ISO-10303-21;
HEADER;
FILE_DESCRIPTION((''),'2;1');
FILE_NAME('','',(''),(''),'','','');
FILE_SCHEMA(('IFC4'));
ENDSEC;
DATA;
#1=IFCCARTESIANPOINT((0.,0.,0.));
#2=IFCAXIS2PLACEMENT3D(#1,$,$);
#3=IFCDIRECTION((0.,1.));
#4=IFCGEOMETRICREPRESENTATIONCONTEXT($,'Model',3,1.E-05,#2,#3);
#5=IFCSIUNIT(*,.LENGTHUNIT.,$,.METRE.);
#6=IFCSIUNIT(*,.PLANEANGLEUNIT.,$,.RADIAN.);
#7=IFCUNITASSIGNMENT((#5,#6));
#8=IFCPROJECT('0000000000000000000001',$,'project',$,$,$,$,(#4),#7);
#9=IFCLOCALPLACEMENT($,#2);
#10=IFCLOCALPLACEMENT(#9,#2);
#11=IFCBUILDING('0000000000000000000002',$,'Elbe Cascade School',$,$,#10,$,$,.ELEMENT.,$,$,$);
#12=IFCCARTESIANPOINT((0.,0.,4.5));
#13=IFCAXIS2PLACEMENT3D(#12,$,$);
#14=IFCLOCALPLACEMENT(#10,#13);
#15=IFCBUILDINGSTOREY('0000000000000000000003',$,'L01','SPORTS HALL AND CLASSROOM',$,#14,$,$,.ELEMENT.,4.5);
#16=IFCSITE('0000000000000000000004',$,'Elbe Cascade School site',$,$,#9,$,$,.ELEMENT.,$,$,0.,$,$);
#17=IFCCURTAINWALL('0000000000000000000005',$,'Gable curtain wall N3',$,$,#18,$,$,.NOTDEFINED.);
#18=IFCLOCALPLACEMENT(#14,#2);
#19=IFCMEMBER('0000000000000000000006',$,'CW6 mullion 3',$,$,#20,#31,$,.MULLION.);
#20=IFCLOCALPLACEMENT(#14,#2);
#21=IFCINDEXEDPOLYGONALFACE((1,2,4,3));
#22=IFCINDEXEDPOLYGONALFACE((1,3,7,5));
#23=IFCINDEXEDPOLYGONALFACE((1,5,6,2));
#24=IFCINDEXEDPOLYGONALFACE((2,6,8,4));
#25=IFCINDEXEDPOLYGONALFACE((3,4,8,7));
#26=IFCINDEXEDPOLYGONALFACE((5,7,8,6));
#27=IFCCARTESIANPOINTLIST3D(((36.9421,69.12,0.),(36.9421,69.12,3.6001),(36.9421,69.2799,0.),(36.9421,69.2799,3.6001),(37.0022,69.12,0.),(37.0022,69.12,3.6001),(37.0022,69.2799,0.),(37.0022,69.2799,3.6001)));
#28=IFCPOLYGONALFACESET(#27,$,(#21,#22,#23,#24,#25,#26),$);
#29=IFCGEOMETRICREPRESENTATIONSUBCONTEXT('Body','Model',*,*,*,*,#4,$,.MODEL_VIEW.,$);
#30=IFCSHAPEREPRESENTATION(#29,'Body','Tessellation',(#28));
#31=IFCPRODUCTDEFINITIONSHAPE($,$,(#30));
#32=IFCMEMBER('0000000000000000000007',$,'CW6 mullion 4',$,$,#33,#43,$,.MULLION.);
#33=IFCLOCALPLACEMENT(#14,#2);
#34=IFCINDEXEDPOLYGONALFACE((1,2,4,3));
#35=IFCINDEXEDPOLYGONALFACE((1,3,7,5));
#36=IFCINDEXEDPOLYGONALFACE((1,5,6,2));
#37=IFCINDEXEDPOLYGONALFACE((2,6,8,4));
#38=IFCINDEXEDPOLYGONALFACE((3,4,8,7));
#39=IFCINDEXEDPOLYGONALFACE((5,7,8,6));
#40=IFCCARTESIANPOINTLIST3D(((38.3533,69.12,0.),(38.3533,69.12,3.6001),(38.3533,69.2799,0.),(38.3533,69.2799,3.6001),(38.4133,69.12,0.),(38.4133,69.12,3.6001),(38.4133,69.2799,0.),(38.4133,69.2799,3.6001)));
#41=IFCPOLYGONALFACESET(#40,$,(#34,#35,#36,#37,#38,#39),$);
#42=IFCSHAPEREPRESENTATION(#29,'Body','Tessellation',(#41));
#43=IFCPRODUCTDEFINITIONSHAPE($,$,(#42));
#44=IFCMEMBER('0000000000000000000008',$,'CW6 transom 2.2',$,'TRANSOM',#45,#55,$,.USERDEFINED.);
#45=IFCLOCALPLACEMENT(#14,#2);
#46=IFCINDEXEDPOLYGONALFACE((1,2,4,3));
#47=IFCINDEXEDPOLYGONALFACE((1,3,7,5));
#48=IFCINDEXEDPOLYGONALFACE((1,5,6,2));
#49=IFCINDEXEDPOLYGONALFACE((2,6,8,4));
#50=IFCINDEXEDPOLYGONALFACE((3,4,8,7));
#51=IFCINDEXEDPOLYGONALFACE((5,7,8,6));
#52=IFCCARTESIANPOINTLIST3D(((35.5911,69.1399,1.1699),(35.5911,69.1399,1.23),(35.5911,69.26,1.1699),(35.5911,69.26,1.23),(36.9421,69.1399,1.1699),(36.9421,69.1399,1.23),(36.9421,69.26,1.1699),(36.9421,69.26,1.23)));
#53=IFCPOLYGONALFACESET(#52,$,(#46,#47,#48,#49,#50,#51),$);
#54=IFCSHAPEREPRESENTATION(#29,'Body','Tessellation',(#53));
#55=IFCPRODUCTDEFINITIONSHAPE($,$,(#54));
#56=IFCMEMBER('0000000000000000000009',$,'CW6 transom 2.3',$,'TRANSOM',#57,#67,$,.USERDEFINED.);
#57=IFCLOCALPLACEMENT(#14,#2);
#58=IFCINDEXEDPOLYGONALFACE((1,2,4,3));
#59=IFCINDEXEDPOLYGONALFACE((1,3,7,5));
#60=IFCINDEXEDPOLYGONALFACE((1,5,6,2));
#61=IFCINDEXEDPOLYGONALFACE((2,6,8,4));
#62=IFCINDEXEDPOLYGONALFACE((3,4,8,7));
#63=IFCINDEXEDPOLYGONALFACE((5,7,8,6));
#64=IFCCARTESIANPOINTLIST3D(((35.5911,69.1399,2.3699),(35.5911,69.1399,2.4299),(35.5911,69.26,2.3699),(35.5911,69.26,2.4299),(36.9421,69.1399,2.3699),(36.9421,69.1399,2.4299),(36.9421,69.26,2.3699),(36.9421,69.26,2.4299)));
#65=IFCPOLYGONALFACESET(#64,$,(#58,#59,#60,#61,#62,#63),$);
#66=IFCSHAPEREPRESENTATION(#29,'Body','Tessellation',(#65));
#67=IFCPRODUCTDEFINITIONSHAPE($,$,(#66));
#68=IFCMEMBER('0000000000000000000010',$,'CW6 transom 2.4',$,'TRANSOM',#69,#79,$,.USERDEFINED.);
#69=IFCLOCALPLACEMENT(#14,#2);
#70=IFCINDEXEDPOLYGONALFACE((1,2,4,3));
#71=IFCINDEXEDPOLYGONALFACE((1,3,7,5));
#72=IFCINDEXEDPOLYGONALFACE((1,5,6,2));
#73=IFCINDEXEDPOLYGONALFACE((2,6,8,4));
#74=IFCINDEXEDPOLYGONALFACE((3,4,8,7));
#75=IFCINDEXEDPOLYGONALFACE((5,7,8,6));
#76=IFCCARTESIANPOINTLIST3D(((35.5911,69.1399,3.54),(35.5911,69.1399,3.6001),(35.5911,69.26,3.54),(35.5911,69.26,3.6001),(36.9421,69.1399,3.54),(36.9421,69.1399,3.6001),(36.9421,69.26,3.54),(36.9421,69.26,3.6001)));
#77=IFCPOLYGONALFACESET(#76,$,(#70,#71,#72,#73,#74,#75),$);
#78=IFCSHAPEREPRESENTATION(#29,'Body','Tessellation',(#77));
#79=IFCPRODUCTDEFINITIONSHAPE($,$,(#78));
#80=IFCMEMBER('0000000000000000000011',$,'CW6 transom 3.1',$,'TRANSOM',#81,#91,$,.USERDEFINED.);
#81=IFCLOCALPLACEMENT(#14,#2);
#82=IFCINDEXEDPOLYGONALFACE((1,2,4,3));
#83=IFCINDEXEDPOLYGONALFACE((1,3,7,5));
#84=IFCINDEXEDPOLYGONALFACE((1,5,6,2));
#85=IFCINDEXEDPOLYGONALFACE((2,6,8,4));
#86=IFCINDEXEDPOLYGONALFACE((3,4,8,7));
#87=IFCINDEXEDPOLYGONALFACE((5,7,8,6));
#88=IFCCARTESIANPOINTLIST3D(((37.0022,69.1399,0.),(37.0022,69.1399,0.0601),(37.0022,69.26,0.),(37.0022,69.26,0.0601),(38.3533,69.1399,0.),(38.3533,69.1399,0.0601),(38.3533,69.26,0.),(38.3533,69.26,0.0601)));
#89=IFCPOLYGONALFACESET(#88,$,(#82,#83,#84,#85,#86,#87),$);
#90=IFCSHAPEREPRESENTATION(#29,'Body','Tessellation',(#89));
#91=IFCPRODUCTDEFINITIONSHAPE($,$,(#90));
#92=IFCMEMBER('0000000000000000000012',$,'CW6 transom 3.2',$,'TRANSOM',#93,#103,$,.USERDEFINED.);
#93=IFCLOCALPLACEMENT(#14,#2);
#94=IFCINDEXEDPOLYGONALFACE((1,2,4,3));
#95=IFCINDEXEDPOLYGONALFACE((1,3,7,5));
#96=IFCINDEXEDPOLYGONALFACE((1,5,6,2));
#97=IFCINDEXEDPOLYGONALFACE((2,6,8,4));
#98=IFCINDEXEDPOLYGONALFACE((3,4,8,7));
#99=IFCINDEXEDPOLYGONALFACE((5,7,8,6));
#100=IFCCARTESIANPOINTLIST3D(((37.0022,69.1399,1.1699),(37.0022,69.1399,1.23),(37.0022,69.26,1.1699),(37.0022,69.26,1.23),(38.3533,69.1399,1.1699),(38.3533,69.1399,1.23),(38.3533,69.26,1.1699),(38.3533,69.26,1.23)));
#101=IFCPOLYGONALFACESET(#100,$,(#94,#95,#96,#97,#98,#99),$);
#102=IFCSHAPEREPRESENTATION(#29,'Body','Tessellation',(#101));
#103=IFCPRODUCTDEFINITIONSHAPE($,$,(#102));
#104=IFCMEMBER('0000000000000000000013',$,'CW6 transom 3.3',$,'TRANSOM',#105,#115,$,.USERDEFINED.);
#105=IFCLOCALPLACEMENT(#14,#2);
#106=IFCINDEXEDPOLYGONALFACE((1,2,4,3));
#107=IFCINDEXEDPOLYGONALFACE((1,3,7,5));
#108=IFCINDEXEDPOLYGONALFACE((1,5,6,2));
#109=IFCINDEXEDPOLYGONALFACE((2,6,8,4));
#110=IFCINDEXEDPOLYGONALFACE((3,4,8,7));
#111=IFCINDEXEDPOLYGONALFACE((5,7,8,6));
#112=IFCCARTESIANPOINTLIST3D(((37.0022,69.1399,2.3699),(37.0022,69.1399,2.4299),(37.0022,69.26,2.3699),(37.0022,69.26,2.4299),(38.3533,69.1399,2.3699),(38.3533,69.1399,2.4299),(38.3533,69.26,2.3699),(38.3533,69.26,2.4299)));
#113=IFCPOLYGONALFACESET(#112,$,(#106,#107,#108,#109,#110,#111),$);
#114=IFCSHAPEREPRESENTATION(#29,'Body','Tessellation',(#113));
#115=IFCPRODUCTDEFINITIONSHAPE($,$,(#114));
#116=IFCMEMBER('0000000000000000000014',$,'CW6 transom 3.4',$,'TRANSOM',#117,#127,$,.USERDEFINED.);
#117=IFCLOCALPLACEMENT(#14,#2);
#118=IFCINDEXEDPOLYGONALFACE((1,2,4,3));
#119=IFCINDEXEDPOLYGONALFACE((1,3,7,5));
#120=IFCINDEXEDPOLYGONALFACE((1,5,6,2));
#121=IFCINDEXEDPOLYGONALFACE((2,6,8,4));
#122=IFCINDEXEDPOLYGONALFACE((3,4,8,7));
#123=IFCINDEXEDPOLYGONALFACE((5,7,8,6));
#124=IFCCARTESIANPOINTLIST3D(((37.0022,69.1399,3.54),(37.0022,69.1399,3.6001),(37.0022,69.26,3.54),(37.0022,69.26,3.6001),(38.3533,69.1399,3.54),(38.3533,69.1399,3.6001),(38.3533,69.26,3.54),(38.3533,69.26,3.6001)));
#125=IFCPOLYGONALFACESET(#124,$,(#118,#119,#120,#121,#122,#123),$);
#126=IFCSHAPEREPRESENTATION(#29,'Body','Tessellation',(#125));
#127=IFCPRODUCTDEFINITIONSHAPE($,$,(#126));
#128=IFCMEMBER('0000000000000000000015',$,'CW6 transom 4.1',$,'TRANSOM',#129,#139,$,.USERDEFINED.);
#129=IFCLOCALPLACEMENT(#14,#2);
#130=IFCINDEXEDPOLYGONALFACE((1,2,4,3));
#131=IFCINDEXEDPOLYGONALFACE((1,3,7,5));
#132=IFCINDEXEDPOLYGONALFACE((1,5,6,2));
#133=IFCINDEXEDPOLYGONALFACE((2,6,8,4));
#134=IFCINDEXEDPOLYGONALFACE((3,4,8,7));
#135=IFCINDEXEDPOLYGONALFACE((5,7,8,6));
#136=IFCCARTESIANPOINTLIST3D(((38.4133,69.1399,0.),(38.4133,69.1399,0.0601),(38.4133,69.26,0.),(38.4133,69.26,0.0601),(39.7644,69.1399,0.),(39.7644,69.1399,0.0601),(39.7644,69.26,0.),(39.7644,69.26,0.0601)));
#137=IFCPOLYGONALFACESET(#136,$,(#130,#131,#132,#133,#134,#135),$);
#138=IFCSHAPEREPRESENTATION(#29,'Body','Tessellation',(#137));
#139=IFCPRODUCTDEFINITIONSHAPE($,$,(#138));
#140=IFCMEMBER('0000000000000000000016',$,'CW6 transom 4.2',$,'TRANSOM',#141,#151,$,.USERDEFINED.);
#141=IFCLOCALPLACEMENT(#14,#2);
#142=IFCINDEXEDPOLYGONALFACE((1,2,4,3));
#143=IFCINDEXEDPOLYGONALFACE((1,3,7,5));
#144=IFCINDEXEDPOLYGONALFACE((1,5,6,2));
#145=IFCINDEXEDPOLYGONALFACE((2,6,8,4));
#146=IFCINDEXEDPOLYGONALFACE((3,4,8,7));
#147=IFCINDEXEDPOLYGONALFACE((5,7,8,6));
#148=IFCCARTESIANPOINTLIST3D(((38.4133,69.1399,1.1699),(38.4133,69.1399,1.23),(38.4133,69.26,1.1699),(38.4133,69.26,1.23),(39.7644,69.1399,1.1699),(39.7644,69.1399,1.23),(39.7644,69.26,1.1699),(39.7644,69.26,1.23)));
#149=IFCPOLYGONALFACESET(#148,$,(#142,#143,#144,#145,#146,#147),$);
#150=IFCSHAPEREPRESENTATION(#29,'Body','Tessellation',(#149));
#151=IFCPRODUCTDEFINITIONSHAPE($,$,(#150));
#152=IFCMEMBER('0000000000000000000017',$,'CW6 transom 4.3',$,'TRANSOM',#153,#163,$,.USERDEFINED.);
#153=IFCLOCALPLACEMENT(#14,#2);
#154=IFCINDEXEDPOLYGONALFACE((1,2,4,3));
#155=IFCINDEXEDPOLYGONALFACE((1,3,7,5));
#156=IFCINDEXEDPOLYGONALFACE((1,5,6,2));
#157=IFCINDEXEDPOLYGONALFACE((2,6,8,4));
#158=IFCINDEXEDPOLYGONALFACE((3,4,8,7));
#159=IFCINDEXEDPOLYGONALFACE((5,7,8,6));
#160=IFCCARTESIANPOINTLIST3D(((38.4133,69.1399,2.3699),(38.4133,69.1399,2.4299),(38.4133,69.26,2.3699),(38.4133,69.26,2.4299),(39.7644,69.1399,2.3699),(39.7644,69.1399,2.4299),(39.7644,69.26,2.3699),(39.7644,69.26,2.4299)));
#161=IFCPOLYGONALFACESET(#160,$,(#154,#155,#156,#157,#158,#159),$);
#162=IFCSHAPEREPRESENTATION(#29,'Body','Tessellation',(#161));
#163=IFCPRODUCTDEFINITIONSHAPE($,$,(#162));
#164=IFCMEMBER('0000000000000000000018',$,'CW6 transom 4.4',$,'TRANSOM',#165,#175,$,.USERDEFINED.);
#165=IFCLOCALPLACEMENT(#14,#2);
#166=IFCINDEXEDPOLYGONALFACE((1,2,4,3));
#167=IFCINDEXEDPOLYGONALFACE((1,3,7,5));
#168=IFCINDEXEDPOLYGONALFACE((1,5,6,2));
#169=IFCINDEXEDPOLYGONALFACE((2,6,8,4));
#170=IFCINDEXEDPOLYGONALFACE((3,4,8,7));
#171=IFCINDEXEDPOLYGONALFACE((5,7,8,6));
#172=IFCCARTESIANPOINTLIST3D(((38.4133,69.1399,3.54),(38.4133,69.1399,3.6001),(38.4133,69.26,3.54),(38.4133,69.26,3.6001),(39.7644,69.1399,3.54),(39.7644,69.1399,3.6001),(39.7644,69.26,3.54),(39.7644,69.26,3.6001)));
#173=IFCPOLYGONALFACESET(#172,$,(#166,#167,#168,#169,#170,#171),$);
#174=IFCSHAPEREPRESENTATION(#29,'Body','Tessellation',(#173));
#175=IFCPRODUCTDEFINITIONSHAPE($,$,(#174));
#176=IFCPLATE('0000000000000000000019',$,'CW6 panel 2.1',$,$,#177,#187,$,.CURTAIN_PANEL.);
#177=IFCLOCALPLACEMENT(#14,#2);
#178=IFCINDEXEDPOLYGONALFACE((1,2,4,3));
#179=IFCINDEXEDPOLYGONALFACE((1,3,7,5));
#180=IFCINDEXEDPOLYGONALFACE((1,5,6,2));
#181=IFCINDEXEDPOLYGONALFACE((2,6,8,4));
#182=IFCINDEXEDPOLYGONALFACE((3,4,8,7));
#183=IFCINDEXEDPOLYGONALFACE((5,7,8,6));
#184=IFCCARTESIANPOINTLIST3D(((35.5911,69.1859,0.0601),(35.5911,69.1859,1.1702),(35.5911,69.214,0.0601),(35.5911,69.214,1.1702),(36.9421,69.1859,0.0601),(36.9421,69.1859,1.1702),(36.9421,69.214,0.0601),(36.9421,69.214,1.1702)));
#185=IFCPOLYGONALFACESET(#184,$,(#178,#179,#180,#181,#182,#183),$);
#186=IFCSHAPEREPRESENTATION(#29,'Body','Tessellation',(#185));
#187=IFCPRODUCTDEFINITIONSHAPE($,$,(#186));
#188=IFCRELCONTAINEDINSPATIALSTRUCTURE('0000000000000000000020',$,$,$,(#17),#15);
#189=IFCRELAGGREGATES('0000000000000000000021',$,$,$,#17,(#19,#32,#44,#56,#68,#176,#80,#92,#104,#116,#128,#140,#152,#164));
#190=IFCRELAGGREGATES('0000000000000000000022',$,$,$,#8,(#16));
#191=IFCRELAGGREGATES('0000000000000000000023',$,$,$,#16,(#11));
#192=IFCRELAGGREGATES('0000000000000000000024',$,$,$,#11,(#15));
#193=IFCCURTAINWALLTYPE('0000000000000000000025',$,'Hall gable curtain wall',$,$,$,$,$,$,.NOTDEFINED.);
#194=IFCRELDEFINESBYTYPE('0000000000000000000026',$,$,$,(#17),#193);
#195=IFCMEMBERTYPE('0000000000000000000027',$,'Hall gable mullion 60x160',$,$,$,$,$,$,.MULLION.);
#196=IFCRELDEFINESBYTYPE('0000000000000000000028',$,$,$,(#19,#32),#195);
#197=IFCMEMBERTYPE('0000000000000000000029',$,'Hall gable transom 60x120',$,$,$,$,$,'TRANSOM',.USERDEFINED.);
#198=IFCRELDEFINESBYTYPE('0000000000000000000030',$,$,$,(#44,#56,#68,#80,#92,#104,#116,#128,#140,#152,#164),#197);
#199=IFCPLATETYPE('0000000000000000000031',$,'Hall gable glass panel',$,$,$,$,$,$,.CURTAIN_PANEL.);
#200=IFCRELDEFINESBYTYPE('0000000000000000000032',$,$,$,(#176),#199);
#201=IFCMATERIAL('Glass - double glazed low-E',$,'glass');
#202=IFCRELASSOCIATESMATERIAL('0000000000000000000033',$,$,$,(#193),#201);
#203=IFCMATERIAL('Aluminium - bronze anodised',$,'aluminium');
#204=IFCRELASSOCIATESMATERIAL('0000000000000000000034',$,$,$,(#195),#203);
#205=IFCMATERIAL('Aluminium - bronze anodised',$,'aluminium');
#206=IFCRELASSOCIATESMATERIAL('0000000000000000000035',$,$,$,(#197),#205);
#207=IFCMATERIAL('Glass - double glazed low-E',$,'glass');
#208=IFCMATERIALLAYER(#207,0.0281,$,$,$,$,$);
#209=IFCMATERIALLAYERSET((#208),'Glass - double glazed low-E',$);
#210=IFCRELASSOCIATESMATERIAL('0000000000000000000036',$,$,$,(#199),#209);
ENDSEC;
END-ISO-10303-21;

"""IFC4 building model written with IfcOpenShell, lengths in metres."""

from ifc_helpers import new_model, si_unit, direction, frame, origin, origin_2d, place, context, subcontext, project, spatial, rectangle, extrude, material, layer, layer_set, material_profile, profile_set, type_object, element, aggregate, save


model = new_model("IFC4")

# Units and contexts
model_context = context("Model", 3, precision=1e-05, world=origin(), true_north=direction((0.0, 1.0)))
body_context = subcontext(model_context, "Body", "Model", "MODEL_VIEW")
ifc_project = project(units=[si_unit("LENGTHUNIT", "METRE"), si_unit("PLANEANGLEUNIT", "RADIAN")], contexts=[model_context])

# Site, building, storey
site_placement = place(None, origin())
site = spatial("IfcSite", under=ifc_project, at=site_placement, Name="Elbe Cascade School site", CompositionType="ELEMENT", RefElevation=0.0)
building_placement = place(site_placement, origin())
building = spatial("IfcBuilding", under=site, at=building_placement, Name="Elbe Cascade School", CompositionType="ELEMENT")
storey_placement = place(building_placement, frame((0.0, 0.0, 4.5)))
storey = spatial("IfcBuildingStorey", under=building, at=storey_placement, Name="L01", Description="SPORTS HALL AND CLASSROOM", CompositionType="ELEMENT", Elevation=4.5)

# Curtain wall, members, plate
ifc_material_1 = material(Name="Glass - double glazed low-E", Category="glass")
curtain_wall_type = type_object("IfcCurtainWallType", Name="Hall gable curtain wall", PredefinedType="NOTDEFINED", material=ifc_material_1)
curtain_wall_placement = place(storey_placement, origin())
curtain_wall = element("IfcCurtainWall", 1, at=curtain_wall_placement, inside=storey, type_object=curtain_wall_type, Name="Gable curtain wall N3", PredefinedType="NOTDEFINED")
ifc_material_2 = material(Name="Aluminium - bronze anodised", Category="aluminium")
ifc_material_profile_1 = material_profile(ifc_material_2, rectangle(XDim=0.1599, YDim=0.0601, at=origin_2d()), Name="Alu 60x160")
ifc_profile_set_1 = profile_set([ifc_material_profile_1], Name="Aluminium - bronze anodised")
member_type_1 = type_object("IfcMemberType", Name="Hall gable mullion 60x160", PredefinedType="MULLION", material=ifc_profile_set_1)
member_1_placement = place(storey_placement, frame((36.9722, 69.2, 0.0), z_axis=(0.0, 0.0, 1.0), x_axis=(0.0, 1.0, 0.0)))
member_1 = element("IfcMember", 2, at=member_1_placement, type_object=member_type_1, Name="CW6 mullion 3", PredefinedType="MULLION", context=body_context, shape_type="SweptSolid", body=[
    extrude(rectangle(XDim=0.1599, YDim=0.0601, at=origin_2d()), origin(), (0.0, 0.0, 1.0), 3.6001),
])
member_2_placement = place(storey_placement, frame((38.3833, 69.2, 0.0), z_axis=(0.0, 0.0, 1.0), x_axis=(0.0, 1.0, 0.0)))
member_2 = element("IfcMember", 3, at=member_2_placement, type_object=member_type_1, Name="CW6 mullion 4", PredefinedType="MULLION", context=body_context, shape_type="SweptSolid", body=[
    extrude(rectangle(XDim=0.1599, YDim=0.0601, at=origin_2d()), origin(), (0.0, 0.0, 1.0), 3.6001),
])
ifc_material_3 = material(Name="Aluminium - bronze anodised", Category="aluminium")
ifc_material_profile_2 = material_profile(ifc_material_3, rectangle(XDim=0.1201, YDim=0.0601, at=origin_2d()), Name="Alu 60x120")
ifc_profile_set_2 = profile_set([ifc_material_profile_2], Name="Aluminium - bronze anodised")
member_type_2 = type_object("IfcMemberType", Name="Hall gable transom 60x120", ElementType="TRANSOM", PredefinedType="USERDEFINED", material=ifc_profile_set_2)
member_3_placement = place(storey_placement, frame((35.5911, 69.2, 1.2), z_axis=(1.0, 0.0, 0.0), x_axis=(0.0, 1.0, 0.0)))
member_3 = element("IfcMember", 4, at=member_3_placement, type_object=member_type_2, Name="CW6 transom 2.2", ObjectType="TRANSOM", PredefinedType="USERDEFINED", context=body_context, shape_type="SweptSolid", body=[
    extrude(rectangle(XDim=0.1201, YDim=0.0601, at=origin_2d()), origin(), (0.0, 0.0, 1.0), 1.3511),
])
member_4_placement = place(storey_placement, frame((35.5911, 69.2, 2.3999), z_axis=(1.0, 0.0, 0.0), x_axis=(0.0, 1.0, 0.0)))
member_4 = element("IfcMember", 5, at=member_4_placement, type_object=member_type_2, Name="CW6 transom 2.3", ObjectType="TRANSOM", PredefinedType="USERDEFINED", context=body_context, shape_type="SweptSolid", body=[
    extrude(rectangle(XDim=0.1201, YDim=0.0601, at=origin_2d()), origin(), (0.0, 0.0, 1.0), 1.3511),
])
member_5_placement = place(storey_placement, frame((35.5911, 69.2, 3.5701), z_axis=(1.0, 0.0, 0.0), x_axis=(0.0, 1.0, 0.0)))
member_5 = element("IfcMember", 6, at=member_5_placement, type_object=member_type_2, Name="CW6 transom 2.4", ObjectType="TRANSOM", PredefinedType="USERDEFINED", context=body_context, shape_type="SweptSolid", body=[
    extrude(rectangle(XDim=0.1201, YDim=0.0601, at=origin_2d()), origin(), (0.0, 0.0, 1.0), 1.3511),
])
member_6_placement = place(storey_placement, frame((37.0022, 69.2, 0.03), z_axis=(1.0, 0.0, 0.0), x_axis=(0.0, 1.0, 0.0)))
member_6 = element("IfcMember", 7, at=member_6_placement, type_object=member_type_2, Name="CW6 transom 3.1", ObjectType="TRANSOM", PredefinedType="USERDEFINED", context=body_context, shape_type="SweptSolid", body=[
    extrude(rectangle(XDim=0.1201, YDim=0.0601, at=origin_2d()), origin(), (0.0, 0.0, 1.0), 1.3511),
])
member_7_placement = place(storey_placement, frame((37.0022, 69.2, 1.2), z_axis=(1.0, 0.0, 0.0), x_axis=(0.0, 1.0, 0.0)))
member_7 = element("IfcMember", 8, at=member_7_placement, type_object=member_type_2, Name="CW6 transom 3.2", ObjectType="TRANSOM", PredefinedType="USERDEFINED", context=body_context, shape_type="SweptSolid", body=[
    extrude(rectangle(XDim=0.1201, YDim=0.0601, at=origin_2d()), origin(), (0.0, 0.0, 1.0), 1.3511),
])
member_8_placement = place(storey_placement, frame((37.0022, 69.2, 2.3999), z_axis=(1.0, 0.0, 0.0), x_axis=(0.0, 1.0, 0.0)))
member_8 = element("IfcMember", 9, at=member_8_placement, type_object=member_type_2, Name="CW6 transom 3.3", ObjectType="TRANSOM", PredefinedType="USERDEFINED", context=body_context, shape_type="SweptSolid", body=[
    extrude(rectangle(XDim=0.1201, YDim=0.0601, at=origin_2d()), origin(), (0.0, 0.0, 1.0), 1.3511),
])
member_9_placement = place(storey_placement, frame((37.0022, 69.2, 3.5701), z_axis=(1.0, 0.0, 0.0), x_axis=(0.0, 1.0, 0.0)))
member_9 = element("IfcMember", 10, at=member_9_placement, type_object=member_type_2, Name="CW6 transom 3.4", ObjectType="TRANSOM", PredefinedType="USERDEFINED", context=body_context, shape_type="SweptSolid", body=[
    extrude(rectangle(XDim=0.1201, YDim=0.0601, at=origin_2d()), origin(), (0.0, 0.0, 1.0), 1.3511),
])
member_10_placement = place(storey_placement, frame((38.4133, 69.2, 0.03), z_axis=(1.0, 0.0, 0.0), x_axis=(0.0, 1.0, 0.0)))
member_10 = element("IfcMember", 11, at=member_10_placement, type_object=member_type_2, Name="CW6 transom 4.1", ObjectType="TRANSOM", PredefinedType="USERDEFINED", context=body_context, shape_type="SweptSolid", body=[
    extrude(rectangle(XDim=0.1201, YDim=0.0601, at=origin_2d()), origin(), (0.0, 0.0, 1.0), 1.3511),
])
member_11_placement = place(storey_placement, frame((38.4133, 69.2, 1.2), z_axis=(1.0, 0.0, 0.0), x_axis=(0.0, 1.0, 0.0)))
member_11 = element("IfcMember", 12, at=member_11_placement, type_object=member_type_2, Name="CW6 transom 4.2", ObjectType="TRANSOM", PredefinedType="USERDEFINED", context=body_context, shape_type="SweptSolid", body=[
    extrude(rectangle(XDim=0.1201, YDim=0.0601, at=origin_2d()), origin(), (0.0, 0.0, 1.0), 1.3511),
])
member_12_placement = place(storey_placement, frame((38.4133, 69.2, 2.3999), z_axis=(1.0, 0.0, 0.0), x_axis=(0.0, 1.0, 0.0)))
member_12 = element("IfcMember", 13, at=member_12_placement, type_object=member_type_2, Name="CW6 transom 4.3", ObjectType="TRANSOM", PredefinedType="USERDEFINED", context=body_context, shape_type="SweptSolid", body=[
    extrude(rectangle(XDim=0.1201, YDim=0.0601, at=origin_2d()), origin(), (0.0, 0.0, 1.0), 1.3511),
])
member_13_placement = place(storey_placement, frame((38.4133, 69.2, 3.5701), z_axis=(1.0, 0.0, 0.0), x_axis=(0.0, 1.0, 0.0)))
member_13 = element("IfcMember", 14, at=member_13_placement, type_object=member_type_2, Name="CW6 transom 4.4", ObjectType="TRANSOM", PredefinedType="USERDEFINED", context=body_context, shape_type="SweptSolid", body=[
    extrude(rectangle(XDim=0.1201, YDim=0.0601, at=origin_2d()), origin(), (0.0, 0.0, 1.0), 1.3511),
])
ifc_material_4 = material(Name="Glass - double glazed low-E", Category="glass")
ifc_layer = layer(ifc_material_4, 0.0281)
ifc_layer_set = layer_set([ifc_layer], Name="Glass - double glazed low-E")
plate_type = type_object("IfcPlateType", Name="Hall gable glass panel", PredefinedType="CURTAIN_PANEL", material=ifc_layer_set)
plate_1_placement = place(storey_placement, frame((36.2666, 69.2, 0.0601), z_axis=(0.0, 0.0, 1.0), x_axis=(1.0, 0.0, 0.0)))
plate_1 = element("IfcPlate", 15, at=plate_1_placement, type_object=plate_type, Name="CW6 panel 2.1", PredefinedType="CURTAIN_PANEL", context=body_context, shape_type="SweptSolid", body=[
    extrude(rectangle(XDim=1.3511, YDim=0.0281, at=origin_2d()), origin(), (0.0, 0.0, 1.0), 1.1101),
])
aggregate(curtain_wall, [member_1, member_2, member_3, member_4, member_5, plate_1, member_6, member_7, member_8, member_9, member_10, member_11, member_12, member_13])

save(model, "model.ifc")
